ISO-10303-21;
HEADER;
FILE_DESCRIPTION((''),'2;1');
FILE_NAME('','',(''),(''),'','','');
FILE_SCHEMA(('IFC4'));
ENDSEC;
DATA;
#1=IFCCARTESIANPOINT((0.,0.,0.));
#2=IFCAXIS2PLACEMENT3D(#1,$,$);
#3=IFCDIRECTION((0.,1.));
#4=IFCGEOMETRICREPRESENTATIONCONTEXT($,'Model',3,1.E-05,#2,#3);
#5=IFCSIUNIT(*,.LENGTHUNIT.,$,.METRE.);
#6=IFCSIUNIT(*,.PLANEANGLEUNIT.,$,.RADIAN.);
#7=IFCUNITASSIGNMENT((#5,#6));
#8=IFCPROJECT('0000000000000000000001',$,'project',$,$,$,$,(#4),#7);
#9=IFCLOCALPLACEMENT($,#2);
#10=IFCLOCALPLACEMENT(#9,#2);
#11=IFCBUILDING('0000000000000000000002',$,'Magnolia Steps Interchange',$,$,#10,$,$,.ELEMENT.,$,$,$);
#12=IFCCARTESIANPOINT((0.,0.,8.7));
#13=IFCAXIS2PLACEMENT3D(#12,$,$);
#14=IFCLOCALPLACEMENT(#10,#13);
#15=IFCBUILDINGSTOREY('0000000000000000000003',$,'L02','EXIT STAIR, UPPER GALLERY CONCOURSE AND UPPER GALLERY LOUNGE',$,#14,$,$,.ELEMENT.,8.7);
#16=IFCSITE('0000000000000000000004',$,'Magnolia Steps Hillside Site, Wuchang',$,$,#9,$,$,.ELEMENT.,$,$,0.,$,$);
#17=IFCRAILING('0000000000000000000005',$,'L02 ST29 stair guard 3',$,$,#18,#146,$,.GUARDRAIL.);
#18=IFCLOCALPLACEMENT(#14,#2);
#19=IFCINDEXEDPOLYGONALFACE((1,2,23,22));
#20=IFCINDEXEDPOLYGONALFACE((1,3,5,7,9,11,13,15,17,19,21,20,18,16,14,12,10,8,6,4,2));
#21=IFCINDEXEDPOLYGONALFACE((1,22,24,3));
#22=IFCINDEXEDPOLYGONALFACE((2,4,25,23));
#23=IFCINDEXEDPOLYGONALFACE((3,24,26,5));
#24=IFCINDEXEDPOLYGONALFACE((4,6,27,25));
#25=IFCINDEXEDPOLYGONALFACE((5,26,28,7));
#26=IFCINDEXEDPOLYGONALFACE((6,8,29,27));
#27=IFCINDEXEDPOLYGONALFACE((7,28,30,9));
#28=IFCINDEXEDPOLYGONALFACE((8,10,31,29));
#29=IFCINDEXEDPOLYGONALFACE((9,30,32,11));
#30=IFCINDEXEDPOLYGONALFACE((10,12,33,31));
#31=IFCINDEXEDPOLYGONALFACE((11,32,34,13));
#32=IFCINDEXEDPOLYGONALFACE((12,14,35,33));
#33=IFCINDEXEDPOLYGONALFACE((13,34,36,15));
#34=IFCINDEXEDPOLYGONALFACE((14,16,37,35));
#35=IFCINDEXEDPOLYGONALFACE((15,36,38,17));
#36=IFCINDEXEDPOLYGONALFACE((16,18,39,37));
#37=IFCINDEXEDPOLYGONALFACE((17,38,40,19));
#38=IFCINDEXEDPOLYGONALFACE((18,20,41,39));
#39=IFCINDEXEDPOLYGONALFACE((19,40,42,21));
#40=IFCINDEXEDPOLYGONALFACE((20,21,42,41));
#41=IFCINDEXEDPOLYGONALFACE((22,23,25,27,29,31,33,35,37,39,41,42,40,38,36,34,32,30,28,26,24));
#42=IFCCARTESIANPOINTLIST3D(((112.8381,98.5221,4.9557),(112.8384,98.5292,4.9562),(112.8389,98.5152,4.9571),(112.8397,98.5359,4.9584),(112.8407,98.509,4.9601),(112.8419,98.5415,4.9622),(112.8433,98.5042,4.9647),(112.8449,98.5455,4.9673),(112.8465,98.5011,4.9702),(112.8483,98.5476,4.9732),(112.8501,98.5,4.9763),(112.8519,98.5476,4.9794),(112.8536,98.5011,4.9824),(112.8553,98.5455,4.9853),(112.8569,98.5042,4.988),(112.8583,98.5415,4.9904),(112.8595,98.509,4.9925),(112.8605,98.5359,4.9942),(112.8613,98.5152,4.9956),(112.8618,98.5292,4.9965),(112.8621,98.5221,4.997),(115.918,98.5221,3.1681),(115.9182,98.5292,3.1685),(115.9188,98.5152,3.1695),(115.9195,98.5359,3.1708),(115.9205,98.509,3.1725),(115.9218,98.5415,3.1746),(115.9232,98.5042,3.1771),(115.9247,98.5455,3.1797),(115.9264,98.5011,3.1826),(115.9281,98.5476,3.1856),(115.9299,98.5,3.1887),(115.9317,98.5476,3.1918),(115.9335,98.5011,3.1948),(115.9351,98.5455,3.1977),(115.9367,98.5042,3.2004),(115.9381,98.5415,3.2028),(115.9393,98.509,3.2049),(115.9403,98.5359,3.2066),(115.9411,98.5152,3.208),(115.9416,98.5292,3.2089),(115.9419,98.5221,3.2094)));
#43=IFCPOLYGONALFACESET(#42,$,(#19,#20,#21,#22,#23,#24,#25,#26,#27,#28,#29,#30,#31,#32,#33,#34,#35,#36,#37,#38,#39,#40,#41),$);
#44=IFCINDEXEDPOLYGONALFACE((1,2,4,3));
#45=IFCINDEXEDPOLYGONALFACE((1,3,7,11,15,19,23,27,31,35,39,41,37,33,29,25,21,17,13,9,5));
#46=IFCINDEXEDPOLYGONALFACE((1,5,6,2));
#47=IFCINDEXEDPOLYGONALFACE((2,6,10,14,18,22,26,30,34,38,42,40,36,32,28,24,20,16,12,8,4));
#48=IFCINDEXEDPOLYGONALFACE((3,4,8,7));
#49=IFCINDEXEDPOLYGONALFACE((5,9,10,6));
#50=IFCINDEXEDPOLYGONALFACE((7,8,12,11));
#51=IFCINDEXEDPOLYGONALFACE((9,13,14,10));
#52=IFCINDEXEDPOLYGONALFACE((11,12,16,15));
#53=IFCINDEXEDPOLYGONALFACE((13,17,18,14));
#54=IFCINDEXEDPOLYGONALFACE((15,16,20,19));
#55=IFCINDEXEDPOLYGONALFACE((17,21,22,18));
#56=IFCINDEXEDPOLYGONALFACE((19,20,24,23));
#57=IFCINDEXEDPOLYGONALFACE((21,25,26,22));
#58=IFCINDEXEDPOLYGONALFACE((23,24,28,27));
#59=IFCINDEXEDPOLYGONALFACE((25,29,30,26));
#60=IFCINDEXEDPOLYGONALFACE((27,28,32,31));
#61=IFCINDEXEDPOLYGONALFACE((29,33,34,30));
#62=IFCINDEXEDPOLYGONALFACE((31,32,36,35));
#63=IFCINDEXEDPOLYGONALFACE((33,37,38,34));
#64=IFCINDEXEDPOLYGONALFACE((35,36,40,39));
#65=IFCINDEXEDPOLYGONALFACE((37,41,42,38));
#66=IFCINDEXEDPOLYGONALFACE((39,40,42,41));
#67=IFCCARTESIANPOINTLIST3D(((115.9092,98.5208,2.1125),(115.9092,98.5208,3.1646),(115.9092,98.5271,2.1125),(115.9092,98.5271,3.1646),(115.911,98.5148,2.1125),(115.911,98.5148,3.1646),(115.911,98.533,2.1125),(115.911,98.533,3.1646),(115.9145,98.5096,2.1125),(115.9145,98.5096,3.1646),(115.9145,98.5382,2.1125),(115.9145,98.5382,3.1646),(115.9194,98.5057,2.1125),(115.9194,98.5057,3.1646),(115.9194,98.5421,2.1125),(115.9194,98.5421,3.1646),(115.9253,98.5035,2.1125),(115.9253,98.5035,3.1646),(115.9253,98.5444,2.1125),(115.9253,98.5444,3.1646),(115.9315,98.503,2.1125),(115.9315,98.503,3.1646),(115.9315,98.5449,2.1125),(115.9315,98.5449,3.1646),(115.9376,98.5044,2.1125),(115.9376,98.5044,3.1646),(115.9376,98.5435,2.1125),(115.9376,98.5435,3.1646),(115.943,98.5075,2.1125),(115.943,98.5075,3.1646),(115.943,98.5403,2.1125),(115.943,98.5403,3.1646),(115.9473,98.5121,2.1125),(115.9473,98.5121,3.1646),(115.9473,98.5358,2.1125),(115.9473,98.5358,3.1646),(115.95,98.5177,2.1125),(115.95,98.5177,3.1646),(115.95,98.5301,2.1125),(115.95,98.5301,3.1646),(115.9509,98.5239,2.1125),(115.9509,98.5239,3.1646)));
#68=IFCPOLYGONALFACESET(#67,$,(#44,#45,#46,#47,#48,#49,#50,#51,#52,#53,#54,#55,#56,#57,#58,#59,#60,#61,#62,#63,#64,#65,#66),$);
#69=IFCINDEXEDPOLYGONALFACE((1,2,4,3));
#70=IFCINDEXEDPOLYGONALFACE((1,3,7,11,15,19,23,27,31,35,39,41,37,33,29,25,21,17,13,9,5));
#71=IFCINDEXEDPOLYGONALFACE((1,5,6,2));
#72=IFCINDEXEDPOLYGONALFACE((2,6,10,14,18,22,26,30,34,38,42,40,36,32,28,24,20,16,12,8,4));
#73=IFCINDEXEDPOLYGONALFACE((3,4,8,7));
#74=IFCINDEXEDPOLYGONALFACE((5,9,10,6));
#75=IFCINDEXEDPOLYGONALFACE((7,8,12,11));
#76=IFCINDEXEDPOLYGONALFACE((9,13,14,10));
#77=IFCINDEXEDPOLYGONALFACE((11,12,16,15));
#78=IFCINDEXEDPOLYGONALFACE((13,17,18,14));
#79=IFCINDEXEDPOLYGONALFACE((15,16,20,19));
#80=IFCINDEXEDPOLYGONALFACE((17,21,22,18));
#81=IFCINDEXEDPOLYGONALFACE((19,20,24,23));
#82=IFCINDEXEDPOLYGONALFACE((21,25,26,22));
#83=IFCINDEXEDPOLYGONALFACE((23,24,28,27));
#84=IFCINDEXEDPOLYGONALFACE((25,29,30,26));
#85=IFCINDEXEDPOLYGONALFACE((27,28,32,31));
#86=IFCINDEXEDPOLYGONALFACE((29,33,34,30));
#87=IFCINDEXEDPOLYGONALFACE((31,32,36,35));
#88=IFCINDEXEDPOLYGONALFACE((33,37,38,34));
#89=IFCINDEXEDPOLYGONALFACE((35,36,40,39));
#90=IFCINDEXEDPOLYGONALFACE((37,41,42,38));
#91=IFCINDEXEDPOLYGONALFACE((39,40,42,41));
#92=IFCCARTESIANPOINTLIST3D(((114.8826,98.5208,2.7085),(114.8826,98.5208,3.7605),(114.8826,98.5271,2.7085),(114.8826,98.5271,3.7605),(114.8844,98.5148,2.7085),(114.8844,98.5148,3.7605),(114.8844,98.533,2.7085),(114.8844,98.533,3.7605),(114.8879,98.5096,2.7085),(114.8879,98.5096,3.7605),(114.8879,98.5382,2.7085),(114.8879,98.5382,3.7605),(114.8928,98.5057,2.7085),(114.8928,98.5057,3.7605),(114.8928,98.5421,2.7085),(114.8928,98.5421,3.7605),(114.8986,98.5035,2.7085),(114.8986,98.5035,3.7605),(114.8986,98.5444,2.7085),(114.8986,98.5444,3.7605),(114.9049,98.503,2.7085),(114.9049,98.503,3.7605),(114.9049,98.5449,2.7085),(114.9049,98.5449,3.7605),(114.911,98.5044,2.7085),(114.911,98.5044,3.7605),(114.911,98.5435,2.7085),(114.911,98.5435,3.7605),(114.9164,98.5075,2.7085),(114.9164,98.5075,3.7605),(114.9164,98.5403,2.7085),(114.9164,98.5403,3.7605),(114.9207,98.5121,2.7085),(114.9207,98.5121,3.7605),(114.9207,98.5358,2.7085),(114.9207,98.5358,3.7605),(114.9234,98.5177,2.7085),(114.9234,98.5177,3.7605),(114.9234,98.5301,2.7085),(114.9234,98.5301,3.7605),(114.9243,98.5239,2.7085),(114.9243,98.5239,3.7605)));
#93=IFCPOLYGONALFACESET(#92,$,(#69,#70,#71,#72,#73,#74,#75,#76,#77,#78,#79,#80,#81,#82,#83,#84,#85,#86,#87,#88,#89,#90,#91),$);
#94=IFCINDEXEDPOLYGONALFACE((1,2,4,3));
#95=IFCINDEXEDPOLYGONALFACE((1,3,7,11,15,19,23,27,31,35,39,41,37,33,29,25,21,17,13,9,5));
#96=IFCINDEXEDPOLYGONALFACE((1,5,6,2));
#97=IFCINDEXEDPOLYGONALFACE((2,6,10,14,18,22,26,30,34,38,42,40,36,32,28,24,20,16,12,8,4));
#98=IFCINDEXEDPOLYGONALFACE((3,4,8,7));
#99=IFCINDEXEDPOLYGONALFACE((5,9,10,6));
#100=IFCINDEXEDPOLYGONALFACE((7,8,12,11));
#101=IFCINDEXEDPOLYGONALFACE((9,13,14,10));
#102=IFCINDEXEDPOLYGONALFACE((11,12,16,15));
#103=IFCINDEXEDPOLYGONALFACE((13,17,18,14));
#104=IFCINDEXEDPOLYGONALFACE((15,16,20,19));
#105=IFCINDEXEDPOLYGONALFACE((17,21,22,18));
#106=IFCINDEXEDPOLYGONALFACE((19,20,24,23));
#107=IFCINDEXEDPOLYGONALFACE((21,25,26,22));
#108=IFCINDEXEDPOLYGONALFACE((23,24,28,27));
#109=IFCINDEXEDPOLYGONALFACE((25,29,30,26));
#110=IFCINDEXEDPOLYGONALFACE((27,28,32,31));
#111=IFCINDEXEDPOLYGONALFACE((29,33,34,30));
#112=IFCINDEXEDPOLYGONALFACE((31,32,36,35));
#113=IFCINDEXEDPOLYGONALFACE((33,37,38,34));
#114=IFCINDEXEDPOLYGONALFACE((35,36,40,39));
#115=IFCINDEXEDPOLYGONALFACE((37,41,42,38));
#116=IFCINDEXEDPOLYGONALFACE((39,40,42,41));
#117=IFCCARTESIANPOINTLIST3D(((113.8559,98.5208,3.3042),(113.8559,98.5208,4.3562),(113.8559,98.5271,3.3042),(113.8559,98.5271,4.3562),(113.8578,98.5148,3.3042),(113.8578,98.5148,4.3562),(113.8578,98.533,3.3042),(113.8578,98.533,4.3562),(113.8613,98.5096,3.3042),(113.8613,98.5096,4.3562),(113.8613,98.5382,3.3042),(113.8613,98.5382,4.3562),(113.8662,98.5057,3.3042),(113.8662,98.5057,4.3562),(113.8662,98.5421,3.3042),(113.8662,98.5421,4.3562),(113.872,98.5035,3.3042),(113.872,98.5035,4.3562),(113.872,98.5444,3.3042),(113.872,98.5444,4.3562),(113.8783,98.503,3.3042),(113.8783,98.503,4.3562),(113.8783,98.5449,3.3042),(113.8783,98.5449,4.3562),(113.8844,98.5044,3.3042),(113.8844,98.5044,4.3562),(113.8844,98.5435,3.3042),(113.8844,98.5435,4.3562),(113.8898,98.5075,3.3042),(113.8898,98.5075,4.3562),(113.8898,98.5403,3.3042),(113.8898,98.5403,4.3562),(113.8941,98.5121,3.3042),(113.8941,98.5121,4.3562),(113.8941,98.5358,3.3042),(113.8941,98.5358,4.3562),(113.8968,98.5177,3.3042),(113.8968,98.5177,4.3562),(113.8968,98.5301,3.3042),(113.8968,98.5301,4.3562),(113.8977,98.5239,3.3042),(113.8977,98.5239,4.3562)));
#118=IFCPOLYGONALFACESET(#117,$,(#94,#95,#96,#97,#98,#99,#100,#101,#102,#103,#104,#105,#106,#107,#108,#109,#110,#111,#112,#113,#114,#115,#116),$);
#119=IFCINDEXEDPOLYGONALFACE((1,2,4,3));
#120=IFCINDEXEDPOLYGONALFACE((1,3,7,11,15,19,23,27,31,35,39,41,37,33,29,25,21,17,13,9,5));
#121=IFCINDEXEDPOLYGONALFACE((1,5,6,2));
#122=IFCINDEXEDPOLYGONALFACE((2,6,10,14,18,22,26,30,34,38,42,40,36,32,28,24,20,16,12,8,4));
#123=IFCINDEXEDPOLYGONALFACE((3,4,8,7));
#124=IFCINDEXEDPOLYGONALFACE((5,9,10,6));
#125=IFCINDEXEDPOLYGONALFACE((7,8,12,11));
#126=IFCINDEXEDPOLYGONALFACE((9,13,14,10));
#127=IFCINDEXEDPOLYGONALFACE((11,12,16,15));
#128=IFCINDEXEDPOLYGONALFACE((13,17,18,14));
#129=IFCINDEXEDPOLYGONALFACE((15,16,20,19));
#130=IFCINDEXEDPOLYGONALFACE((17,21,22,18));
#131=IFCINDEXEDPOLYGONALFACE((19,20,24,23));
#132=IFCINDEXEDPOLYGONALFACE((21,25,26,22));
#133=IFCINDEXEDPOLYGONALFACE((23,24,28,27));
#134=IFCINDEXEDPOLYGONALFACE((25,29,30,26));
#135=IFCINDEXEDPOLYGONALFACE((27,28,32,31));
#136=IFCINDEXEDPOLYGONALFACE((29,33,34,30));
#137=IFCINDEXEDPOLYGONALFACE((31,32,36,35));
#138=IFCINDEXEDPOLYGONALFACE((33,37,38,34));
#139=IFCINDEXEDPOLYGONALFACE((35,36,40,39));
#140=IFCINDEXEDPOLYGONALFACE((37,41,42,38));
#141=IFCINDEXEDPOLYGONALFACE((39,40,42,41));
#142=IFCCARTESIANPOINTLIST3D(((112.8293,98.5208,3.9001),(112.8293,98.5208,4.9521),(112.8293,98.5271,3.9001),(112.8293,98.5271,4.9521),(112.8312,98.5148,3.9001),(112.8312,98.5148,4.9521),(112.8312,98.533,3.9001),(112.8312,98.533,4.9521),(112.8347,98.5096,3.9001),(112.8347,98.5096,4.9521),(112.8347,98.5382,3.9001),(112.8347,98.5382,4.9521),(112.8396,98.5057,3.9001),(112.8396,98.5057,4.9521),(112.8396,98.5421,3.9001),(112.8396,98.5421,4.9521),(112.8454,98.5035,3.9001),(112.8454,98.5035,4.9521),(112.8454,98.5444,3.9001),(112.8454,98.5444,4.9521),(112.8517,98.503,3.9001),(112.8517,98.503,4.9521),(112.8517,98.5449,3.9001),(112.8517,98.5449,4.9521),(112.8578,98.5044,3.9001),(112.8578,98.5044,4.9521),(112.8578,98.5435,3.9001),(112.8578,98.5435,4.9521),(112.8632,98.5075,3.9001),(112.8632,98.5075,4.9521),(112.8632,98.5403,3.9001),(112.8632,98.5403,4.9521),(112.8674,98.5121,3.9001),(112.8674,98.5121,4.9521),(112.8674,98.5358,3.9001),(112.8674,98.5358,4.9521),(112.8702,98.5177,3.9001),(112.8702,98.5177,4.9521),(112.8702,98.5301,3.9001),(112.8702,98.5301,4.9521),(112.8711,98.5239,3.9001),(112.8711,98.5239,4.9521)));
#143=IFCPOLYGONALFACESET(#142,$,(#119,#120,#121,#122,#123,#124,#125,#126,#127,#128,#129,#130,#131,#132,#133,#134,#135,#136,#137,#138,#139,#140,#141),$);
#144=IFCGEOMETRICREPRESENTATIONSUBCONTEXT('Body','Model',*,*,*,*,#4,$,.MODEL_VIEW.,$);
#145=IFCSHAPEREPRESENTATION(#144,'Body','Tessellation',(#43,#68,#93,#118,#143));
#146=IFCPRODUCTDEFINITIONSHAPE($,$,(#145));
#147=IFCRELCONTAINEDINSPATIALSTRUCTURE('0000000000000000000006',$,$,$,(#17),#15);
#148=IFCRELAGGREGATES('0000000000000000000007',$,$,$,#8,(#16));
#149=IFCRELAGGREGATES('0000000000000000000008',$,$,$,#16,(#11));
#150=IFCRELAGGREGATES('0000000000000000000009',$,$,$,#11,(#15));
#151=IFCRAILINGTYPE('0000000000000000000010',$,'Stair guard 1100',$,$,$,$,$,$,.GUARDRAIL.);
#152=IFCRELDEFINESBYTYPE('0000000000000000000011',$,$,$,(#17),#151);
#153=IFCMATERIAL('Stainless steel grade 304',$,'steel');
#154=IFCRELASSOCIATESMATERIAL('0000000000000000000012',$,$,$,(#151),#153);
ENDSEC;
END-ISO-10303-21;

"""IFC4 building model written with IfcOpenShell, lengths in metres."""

from ifc_helpers import new_model, si_unit, direction, frame, origin, origin_2d, place, context, subcontext, project, spatial, circle, extrude, material, type_object, element, save


model = new_model("IFC4")

# Units and contexts
model_context = context("Model", 3, precision=1e-05, world=origin(), true_north=direction((0.0, 1.0)))
body_context = subcontext(model_context, "Body", "Model", "MODEL_VIEW")
ifc_project = project(units=[si_unit("LENGTHUNIT", "METRE"), si_unit("PLANEANGLEUNIT", "RADIAN")], contexts=[model_context])

# Site, building, storey
site_placement = place(None, origin())
site = spatial("IfcSite", under=ifc_project, at=site_placement, Name="Magnolia Steps Hillside Site, Wuchang", CompositionType="ELEMENT", RefElevation=0.0)
building_placement = place(site_placement, origin())
building = spatial("IfcBuilding", under=site, at=building_placement, Name="Magnolia Steps Interchange", CompositionType="ELEMENT")
storey_placement = place(building_placement, frame((0.0, 0.0, 8.7)))
storey = spatial("IfcBuildingStorey", under=building, at=storey_placement, Name="L02", Description="EXIT STAIR, UPPER GALLERY CONCOURSE AND UPPER GALLERY LOUNGE", CompositionType="ELEMENT", Elevation=8.7)

# Railing
ifc_material_1 = material(Name="Stainless steel grade 304", Category="steel")
railing_type_1 = type_object("IfcRailingType", Name="Stair guard 1100", PredefinedType="GUARDRAIL", material=ifc_material_1)
railing_1_placement = place(storey_placement, frame((115.9299, 98.5239, 2.1125)))
element("IfcRailing", 1, at=railing_1_placement, inside=storey, type_object=railing_type_1, Name="L02 ST29 stair guard 3", PredefinedType="GUARDRAIL", context=body_context, shape_type="SweptSolid", body=[
    extrude(circle(Radius=0.0239, at=origin_2d()), frame((0.0, 0.0, 1.0762), z_axis=(-0.864873, 0.0, 0.50199), x_axis=(0.0, -1.0, 0.0)), (0.0, 0.0, 1.0), 3.561),
    extrude(circle(Radius=0.021, at=origin_2d()), origin(), (0.0, 0.0, 1.0), 1.052),
    extrude(circle(Radius=0.021, at=origin_2d()), frame((-1.0266, 0.0, 0.5959)), (0.0, 0.0, 1.0), 1.052),
    extrude(circle(Radius=0.021, at=origin_2d()), frame((-2.0532, 0.0, 1.1917)), (0.0, 0.0, 1.0), 1.052),
    extrude(circle(Radius=0.021, at=origin_2d()), frame((-3.0798, 0.0, 1.7876)), (0.0, 0.0, 1.0), 1.052),
])

save(model, "model.ifc")
